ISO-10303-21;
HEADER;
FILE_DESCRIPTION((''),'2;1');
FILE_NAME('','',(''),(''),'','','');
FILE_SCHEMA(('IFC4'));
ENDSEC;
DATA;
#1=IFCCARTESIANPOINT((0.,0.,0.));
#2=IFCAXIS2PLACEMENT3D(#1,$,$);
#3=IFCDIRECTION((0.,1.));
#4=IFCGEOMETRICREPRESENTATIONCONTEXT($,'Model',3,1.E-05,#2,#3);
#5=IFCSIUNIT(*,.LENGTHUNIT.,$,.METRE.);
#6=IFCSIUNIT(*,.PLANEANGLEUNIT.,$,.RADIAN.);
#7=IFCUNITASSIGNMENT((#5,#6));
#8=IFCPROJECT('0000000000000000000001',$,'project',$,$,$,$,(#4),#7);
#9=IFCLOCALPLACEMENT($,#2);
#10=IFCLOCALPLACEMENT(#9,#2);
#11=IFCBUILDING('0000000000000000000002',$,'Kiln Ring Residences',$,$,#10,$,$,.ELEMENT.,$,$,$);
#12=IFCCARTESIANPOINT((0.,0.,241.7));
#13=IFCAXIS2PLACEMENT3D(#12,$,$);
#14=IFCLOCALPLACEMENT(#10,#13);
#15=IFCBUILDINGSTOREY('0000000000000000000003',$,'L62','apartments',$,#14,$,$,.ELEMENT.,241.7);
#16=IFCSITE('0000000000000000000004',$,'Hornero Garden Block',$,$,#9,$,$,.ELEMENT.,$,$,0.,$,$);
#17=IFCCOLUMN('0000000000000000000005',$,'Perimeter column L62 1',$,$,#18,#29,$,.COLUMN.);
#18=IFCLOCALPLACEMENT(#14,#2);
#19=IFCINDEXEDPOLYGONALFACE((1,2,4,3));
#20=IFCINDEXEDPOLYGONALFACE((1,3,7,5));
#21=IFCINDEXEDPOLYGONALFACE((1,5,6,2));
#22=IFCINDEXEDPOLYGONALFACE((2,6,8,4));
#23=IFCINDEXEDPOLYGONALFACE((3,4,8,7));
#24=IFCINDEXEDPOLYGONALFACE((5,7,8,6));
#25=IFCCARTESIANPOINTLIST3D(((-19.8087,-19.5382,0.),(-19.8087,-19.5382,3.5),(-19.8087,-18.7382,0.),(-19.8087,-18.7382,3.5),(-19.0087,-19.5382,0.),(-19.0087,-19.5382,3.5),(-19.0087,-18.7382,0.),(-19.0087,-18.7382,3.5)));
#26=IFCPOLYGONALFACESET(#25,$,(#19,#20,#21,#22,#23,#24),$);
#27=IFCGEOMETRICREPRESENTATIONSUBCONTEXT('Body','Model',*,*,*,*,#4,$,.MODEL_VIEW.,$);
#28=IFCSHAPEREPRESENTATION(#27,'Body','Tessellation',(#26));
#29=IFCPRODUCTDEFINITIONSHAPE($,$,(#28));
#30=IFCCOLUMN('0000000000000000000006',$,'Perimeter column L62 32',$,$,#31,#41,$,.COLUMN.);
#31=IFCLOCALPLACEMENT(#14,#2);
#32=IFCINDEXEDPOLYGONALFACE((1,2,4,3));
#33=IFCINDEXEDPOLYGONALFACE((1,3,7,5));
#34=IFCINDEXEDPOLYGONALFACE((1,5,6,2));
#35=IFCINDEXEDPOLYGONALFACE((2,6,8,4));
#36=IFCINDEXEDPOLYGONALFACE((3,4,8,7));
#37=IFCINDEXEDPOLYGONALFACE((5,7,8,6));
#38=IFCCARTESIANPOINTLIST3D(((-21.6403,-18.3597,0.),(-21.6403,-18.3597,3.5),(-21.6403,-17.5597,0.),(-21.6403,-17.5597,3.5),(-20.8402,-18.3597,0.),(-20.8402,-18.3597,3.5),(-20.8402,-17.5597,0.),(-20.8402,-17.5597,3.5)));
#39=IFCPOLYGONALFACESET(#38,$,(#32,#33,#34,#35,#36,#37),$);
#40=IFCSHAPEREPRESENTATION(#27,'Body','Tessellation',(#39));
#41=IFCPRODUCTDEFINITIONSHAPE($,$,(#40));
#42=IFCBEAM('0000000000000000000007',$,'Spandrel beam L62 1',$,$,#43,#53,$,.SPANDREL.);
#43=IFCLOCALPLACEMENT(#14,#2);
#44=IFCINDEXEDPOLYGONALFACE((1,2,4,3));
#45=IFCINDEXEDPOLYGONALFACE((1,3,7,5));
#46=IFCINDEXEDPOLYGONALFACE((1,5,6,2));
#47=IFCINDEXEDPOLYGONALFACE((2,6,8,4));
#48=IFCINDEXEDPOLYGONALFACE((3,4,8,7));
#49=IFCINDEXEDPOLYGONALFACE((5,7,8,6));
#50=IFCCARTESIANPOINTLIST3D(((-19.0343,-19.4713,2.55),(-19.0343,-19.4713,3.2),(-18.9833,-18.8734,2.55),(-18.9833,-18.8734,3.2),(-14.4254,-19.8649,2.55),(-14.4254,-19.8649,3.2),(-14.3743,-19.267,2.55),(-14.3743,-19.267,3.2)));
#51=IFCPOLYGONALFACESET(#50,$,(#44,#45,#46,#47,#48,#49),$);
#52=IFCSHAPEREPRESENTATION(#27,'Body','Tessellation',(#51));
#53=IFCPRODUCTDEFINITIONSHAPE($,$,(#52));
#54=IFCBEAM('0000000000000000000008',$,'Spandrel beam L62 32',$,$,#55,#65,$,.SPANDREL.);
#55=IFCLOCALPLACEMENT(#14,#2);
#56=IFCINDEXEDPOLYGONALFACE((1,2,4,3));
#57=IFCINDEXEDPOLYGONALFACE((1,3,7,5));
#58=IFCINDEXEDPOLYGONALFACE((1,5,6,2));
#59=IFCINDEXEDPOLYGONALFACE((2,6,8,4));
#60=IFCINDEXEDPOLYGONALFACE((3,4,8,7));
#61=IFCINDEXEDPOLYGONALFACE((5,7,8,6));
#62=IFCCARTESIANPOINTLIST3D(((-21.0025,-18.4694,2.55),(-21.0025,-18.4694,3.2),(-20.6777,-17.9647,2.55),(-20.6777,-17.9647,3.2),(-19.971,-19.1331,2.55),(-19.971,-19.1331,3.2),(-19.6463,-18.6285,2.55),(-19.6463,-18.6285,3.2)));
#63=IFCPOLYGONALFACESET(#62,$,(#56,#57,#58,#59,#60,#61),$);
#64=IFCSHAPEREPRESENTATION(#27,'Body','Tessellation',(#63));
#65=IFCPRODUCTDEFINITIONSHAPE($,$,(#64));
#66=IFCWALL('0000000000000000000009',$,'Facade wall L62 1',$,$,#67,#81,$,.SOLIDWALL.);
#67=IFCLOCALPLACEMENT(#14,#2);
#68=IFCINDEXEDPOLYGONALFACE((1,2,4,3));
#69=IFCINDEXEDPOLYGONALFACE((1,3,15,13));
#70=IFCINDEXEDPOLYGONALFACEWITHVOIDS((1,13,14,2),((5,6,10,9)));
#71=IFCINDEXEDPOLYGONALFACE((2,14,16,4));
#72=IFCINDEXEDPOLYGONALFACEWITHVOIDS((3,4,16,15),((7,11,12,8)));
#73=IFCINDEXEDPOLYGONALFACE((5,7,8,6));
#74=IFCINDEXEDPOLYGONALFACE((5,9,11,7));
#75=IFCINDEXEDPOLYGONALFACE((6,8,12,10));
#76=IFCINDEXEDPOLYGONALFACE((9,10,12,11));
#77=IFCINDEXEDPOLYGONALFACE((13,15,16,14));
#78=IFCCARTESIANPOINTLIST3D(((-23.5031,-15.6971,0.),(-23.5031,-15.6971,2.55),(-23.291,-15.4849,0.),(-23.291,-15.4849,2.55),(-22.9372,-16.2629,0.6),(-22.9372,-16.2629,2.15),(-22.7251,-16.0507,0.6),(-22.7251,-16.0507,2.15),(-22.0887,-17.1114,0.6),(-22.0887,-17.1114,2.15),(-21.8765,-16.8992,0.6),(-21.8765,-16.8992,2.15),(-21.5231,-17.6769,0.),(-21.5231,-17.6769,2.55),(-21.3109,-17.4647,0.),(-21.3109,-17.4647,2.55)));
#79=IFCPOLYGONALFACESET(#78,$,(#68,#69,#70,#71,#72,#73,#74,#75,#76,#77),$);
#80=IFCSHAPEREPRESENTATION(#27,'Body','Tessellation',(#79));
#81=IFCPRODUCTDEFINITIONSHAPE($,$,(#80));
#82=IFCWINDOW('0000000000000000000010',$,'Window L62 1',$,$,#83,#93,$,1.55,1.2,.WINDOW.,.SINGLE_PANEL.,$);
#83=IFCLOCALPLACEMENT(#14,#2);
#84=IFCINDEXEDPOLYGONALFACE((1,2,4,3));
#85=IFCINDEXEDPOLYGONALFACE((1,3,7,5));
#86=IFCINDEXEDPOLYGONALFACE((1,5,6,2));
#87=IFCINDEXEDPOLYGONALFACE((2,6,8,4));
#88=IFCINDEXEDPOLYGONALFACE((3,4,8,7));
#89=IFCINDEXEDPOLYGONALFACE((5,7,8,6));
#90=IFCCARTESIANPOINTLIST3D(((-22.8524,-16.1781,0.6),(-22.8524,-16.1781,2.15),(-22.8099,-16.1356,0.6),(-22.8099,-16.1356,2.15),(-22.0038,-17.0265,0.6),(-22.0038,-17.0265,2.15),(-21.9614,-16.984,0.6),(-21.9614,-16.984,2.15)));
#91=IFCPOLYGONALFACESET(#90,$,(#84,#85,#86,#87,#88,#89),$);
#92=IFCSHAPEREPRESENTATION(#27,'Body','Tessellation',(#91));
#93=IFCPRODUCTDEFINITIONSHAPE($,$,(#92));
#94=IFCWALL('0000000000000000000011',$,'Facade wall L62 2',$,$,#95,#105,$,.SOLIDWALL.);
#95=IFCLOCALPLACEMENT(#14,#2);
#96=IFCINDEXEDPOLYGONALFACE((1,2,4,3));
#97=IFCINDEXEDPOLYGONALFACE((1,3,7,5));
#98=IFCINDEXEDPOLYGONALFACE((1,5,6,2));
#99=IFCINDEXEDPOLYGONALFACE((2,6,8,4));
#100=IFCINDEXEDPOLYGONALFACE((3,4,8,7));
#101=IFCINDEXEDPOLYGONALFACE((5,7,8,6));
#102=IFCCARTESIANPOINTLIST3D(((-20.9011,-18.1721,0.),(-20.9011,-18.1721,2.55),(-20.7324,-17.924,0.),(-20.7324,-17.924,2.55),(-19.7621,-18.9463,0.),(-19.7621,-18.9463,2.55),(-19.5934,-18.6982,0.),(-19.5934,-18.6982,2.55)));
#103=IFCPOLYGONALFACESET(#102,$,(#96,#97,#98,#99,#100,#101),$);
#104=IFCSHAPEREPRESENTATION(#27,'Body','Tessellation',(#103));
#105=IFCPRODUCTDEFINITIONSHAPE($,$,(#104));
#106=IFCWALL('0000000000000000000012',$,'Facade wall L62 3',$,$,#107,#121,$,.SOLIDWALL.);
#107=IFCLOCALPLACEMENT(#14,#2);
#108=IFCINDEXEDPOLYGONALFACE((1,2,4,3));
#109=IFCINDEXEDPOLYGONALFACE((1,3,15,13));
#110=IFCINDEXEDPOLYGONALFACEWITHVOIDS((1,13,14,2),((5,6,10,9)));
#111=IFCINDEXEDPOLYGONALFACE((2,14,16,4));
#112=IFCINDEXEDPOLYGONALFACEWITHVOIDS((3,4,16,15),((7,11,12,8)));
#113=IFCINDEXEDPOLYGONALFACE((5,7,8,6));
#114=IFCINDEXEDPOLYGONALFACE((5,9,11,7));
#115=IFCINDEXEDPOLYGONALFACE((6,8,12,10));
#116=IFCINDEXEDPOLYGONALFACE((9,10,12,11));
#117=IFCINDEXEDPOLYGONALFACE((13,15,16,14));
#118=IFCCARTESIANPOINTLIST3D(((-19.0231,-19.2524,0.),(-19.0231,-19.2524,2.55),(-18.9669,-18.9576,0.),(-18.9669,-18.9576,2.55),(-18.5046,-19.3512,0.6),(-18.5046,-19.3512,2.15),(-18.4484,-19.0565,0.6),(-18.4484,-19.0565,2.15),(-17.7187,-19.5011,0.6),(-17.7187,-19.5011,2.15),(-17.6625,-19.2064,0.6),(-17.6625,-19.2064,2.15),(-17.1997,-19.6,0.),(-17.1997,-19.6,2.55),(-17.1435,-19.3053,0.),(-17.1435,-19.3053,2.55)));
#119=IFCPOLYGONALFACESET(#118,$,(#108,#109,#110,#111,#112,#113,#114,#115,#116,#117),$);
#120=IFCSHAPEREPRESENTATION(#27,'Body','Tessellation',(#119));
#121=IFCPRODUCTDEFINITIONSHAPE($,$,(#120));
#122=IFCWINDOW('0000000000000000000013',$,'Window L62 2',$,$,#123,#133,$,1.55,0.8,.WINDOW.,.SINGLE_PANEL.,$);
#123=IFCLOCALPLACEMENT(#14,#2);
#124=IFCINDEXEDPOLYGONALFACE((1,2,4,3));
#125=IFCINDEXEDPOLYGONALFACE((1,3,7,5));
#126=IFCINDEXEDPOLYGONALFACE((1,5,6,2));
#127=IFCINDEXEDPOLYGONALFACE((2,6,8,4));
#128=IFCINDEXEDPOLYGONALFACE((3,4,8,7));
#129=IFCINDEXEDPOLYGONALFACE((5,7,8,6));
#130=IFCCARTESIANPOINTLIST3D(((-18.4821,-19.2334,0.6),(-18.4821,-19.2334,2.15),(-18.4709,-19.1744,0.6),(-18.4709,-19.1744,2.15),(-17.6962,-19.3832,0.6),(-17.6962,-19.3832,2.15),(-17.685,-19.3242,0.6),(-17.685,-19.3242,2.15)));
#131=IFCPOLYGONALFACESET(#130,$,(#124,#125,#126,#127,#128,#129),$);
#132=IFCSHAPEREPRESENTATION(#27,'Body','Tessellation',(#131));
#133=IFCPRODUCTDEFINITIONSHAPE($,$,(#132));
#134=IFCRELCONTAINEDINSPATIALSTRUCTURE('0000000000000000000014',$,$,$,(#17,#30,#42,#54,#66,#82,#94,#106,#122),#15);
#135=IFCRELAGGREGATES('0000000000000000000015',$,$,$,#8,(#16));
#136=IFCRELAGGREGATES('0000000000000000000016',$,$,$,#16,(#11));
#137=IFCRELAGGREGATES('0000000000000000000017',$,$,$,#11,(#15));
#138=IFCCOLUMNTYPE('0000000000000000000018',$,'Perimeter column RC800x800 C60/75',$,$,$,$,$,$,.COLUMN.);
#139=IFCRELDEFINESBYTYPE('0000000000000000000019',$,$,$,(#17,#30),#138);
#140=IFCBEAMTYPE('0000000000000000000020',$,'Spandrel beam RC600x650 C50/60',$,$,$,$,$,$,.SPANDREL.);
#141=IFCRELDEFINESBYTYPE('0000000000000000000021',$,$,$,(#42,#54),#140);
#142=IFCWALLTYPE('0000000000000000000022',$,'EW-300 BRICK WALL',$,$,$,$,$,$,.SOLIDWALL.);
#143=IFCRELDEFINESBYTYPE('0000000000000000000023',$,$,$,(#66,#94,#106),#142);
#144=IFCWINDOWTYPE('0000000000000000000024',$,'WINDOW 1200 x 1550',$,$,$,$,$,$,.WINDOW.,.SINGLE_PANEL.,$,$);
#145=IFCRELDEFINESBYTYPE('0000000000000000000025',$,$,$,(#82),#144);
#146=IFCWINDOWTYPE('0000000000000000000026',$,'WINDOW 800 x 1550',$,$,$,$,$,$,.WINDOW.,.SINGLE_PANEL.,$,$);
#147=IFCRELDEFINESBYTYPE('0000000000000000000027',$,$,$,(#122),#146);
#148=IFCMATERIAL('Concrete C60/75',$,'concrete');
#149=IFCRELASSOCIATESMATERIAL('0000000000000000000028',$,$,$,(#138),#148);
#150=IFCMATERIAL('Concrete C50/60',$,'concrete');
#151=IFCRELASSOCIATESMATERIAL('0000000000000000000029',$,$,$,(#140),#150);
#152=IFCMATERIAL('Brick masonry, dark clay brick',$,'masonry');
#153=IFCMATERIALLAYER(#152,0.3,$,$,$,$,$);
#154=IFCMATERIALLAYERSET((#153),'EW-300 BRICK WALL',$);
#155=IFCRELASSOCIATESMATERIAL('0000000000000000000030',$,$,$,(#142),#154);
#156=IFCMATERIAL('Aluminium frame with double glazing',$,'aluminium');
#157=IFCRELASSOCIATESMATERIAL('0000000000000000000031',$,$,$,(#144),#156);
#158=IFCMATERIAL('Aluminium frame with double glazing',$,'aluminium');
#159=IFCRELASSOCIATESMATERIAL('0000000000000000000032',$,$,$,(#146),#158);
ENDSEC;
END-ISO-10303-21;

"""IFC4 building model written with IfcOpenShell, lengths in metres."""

from ifc_helpers import new_model, si_unit, direction, frame, frame_2d, origin, origin_2d, place, context, subcontext, project, spatial, rectangle, extrude, material, layer, layer_set, material_profile, profile_set, type_object, element, fill, save


model = new_model("IFC4")

# Units and contexts
model_context = context("Model", 3, precision=1e-05, world=origin(), true_north=direction((0.0, 1.0)))
body_context = subcontext(model_context, "Body", "Model", "MODEL_VIEW")
ifc_project = project(units=[si_unit("LENGTHUNIT", "METRE"), si_unit("PLANEANGLEUNIT", "RADIAN")], contexts=[model_context])

# Site, building, storey
site_placement = place(None, origin())
site = spatial("IfcSite", under=ifc_project, at=site_placement, Name="Hornero Garden Block", CompositionType="ELEMENT", RefElevation=0.0)
building_placement = place(site_placement, origin())
building = spatial("IfcBuilding", under=site, at=building_placement, Name="Kiln Ring Residences", CompositionType="ELEMENT")
storey_placement = place(building_placement, frame((0.0, 0.0, 241.7)))
storey = spatial("IfcBuildingStorey", under=building, at=storey_placement, Name="L62", Description="apartments", CompositionType="ELEMENT", Elevation=241.7)

# Columns
ifc_material_1 = material(Name="Concrete C60/75", Category="concrete")
ifc_material_profile_1 = material_profile(ifc_material_1, rectangle(XDim=0.8, YDim=0.8, at=origin_2d()), Name="RC800x800")
ifc_profile_set_1 = profile_set([ifc_material_profile_1], Name="Concrete C60/75")
column_type = type_object("IfcColumnType", Name="Perimeter column RC800x800 C60/75", PredefinedType="COLUMN", material=ifc_profile_set_1)
for number, where, z_axis, x_axis, name in (
    (1, (-19.4087, -19.1382, 0.0), (0.0, 0.0, 1.0), (1.0, 0.0, 0.0), "Perimeter column L62 1"),
    (2, (-21.2402, -17.9597, 0.0), (0.0, 0.0, 1.0), (1.0, 0.0, 0.0), "Perimeter column L62 32"),
):
    element("IfcColumn", number, at=place(storey_placement, frame(where, z_axis=z_axis, x_axis=x_axis)), inside=storey, type_object=column_type, Name=name, PredefinedType="COLUMN", context=body_context, shape_type="SweptSolid", body=[
        extrude(rectangle(XDim=0.8, YDim=0.8, at=origin_2d()), origin(), (0.0, 0.0, 1.0), 3.5),
    ])

# Beams
ifc_material_2 = material(Name="Concrete C50/60", Category="concrete")
ifc_material_profile_2 = material_profile(ifc_material_2, rectangle(XDim=0.6001, YDim=0.6499, at=origin_2d()), Name="RC600x650")
ifc_profile_set_2 = profile_set([ifc_material_profile_2], Name="Concrete C50/60")
beam_type = type_object("IfcBeamType", Name="Spandrel beam RC600x650 C50/60", PredefinedType="SPANDREL", material=ifc_profile_set_2)
beam_1_placement = place(storey_placement, frame((-19.0088, -19.1724, 2.875), z_axis=(0.996374, -0.085081, 0.0), x_axis=(0.085081, 0.996374, 0.0)))
element("IfcBeam", 3, at=beam_1_placement, inside=storey, type_object=beam_type, Name="Spandrel beam L62 1", PredefinedType="SPANDREL", context=body_context, shape_type="SweptSolid", body=[
    extrude(rectangle(XDim=0.6001, YDim=0.6499, at=origin_2d()), origin(), (0.0, 0.0, 1.0), 4.6257),
])
beam_2_placement = place(storey_placement, frame((-20.8401, -18.217, 2.875), z_axis=(0.840913, -0.54117, 0.0), x_axis=(0.54117, 0.840913, 0.0)))
element("IfcBeam", 4, at=beam_2_placement, inside=storey, type_object=beam_type, Name="Spandrel beam L62 32", PredefinedType="SPANDREL", context=body_context, shape_type="SweptSolid", body=[
    extrude(rectangle(XDim=0.6001, YDim=0.6499, at=origin_2d()), origin(), (0.0, 0.0, 1.0), 1.2266),
])

# Wall, opening, window
ifc_material_3 = material(Name="Brick masonry, dark clay brick", Category="masonry")
ifc_layer_1 = layer(ifc_material_3, 0.3)
ifc_layer_set_1 = layer_set([ifc_layer_1], Name="EW-300 BRICK WALL")
wall_type_1 = type_object("IfcWallType", Name="EW-300 BRICK WALL", PredefinedType="SOLIDWALL", material=ifc_layer_set_1)
wall_1_placement = place(storey_placement, frame((-23.397, -15.5911, 0.0), z_axis=(0.0, 0.0, 1.0), x_axis=(0.70715, -0.707063, 0.0)))
wall_1 = element("IfcWall", 5, at=wall_1_placement, inside=storey, type_object=wall_type_1, Name="Facade wall L62 1", PredefinedType="SOLIDWALL", context=body_context, shape_type="SweptSolid", body=[
    extrude(rectangle(XDim=2.8, YDim=0.3, at=frame_2d((1.3999, 0.0))), origin(), (0.0, 0.0, 1.0), 2.55),
])
opening_1_placement = place(wall_1_placement, frame((0.8, 0.0, 0.6001)))
opening_1 = element("IfcOpeningElement", 6, at=opening_1_placement, cuts=wall_1, PredefinedType="OPENING", context=body_context, shape_type="SweptSolid", body=[
    extrude(rectangle(XDim=1.2, YDim=1.55, at=frame_2d((0.6001, 0.7749))), frame((0.0, 0.1599, 0.0), z_axis=(0.0, -1.0, 0.0), x_axis=(1.0, 0.0, 0.0)), (0.0, 0.0, 1.0), 0.3201),
])
ifc_material_4 = material(Name="Aluminium frame with double glazing", Category="aluminium")
window_type_1 = type_object("IfcWindowType", Name="WINDOW 1200 x 1550", PartitioningType="SINGLE_PANEL", PredefinedType="WINDOW", material=ifc_material_4)
window_1_placement = place(opening_1_placement, origin())
window_1 = element("IfcWindow", 7, at=window_1_placement, inside=storey, type_object=window_type_1, Name="Window L62 1", OverallHeight=1.55, OverallWidth=1.2, PartitioningType="SINGLE_PANEL", PredefinedType="WINDOW", context=body_context, shape_type="SweptSolid", body=[
    extrude(rectangle(XDim=1.2, YDim=1.55, at=frame_2d((0.6001, 0.7749))), frame((0.0, 0.03, 0.0), z_axis=(0.0, -1.0, 0.0), x_axis=(1.0, 0.0, 0.0)), (0.0, 0.0, 1.0), 0.0601),
])
fill(opening_1, window_1)

# Wall
wall_2_placement = place(storey_placement, frame((-20.8167, -18.0481, 0.0), z_axis=(0.0, 0.0, 1.0), x_axis=(0.827025, -0.562165, 0.0)))
element("IfcWall", 8, at=wall_2_placement, inside=storey, type_object=wall_type_1, Name="Facade wall L62 2", PredefinedType="SOLIDWALL", context=body_context, shape_type="SweptSolid", body=[
    extrude(rectangle(XDim=1.3772, YDim=0.3, at=frame_2d((0.6885, 0.0))), origin(), (0.0, 0.0, 1.0), 2.55),
])

# Wall, opening, window
wall_3_placement = place(storey_placement, frame((-18.9951, -19.105, 0.0), z_axis=(0.0, 0.0, 1.0), x_axis=(0.982302, -0.187306, 0.0)))
wall_3 = element("IfcWall", 9, at=wall_3_placement, inside=storey, type_object=wall_type_1, Name="Facade wall L62 3", PredefinedType="SOLIDWALL", context=body_context, shape_type="SweptSolid", body=[
    extrude(rectangle(XDim=1.8562, YDim=0.3, at=frame_2d((0.9282, 0.0))), origin(), (0.0, 0.0, 1.0), 2.55),
])
opening_2_placement = place(wall_3_placement, frame((0.5281, 0.0, 0.6001)))
opening_2 = element("IfcOpeningElement", 10, at=opening_2_placement, cuts=wall_3, PredefinedType="OPENING", context=body_context, shape_type="SweptSolid", body=[
    extrude(rectangle(XDim=0.8, YDim=1.55, at=frame_2d((0.3999, 0.7749))), frame((0.0, 0.1599, 0.0), z_axis=(0.0, -1.0, 0.0), x_axis=(1.0, 0.0, 0.0)), (0.0, 0.0, 1.0), 0.3201),
])
ifc_material_5 = material(Name="Aluminium frame with double glazing", Category="aluminium")
window_type_2 = type_object("IfcWindowType", Name="WINDOW 800 x 1550", PartitioningType="SINGLE_PANEL", PredefinedType="WINDOW", material=ifc_material_5)
window_2_placement = place(opening_2_placement, origin())
window_2 = element("IfcWindow", 11, at=window_2_placement, inside=storey, type_object=window_type_2, Name="Window L62 2", OverallHeight=1.55, OverallWidth=0.8, PartitioningType="SINGLE_PANEL", PredefinedType="WINDOW", context=body_context, shape_type="SweptSolid", body=[
    extrude(rectangle(XDim=0.8, YDim=1.55, at=frame_2d((0.3999, 0.7749))), frame((0.0, 0.03, 0.0), z_axis=(0.0, -1.0, 0.0), x_axis=(1.0, 0.0, 0.0)), (0.0, 0.0, 1.0), 0.0601),
])
fill(opening_2, window_2)

save(model, "model.ifc")
